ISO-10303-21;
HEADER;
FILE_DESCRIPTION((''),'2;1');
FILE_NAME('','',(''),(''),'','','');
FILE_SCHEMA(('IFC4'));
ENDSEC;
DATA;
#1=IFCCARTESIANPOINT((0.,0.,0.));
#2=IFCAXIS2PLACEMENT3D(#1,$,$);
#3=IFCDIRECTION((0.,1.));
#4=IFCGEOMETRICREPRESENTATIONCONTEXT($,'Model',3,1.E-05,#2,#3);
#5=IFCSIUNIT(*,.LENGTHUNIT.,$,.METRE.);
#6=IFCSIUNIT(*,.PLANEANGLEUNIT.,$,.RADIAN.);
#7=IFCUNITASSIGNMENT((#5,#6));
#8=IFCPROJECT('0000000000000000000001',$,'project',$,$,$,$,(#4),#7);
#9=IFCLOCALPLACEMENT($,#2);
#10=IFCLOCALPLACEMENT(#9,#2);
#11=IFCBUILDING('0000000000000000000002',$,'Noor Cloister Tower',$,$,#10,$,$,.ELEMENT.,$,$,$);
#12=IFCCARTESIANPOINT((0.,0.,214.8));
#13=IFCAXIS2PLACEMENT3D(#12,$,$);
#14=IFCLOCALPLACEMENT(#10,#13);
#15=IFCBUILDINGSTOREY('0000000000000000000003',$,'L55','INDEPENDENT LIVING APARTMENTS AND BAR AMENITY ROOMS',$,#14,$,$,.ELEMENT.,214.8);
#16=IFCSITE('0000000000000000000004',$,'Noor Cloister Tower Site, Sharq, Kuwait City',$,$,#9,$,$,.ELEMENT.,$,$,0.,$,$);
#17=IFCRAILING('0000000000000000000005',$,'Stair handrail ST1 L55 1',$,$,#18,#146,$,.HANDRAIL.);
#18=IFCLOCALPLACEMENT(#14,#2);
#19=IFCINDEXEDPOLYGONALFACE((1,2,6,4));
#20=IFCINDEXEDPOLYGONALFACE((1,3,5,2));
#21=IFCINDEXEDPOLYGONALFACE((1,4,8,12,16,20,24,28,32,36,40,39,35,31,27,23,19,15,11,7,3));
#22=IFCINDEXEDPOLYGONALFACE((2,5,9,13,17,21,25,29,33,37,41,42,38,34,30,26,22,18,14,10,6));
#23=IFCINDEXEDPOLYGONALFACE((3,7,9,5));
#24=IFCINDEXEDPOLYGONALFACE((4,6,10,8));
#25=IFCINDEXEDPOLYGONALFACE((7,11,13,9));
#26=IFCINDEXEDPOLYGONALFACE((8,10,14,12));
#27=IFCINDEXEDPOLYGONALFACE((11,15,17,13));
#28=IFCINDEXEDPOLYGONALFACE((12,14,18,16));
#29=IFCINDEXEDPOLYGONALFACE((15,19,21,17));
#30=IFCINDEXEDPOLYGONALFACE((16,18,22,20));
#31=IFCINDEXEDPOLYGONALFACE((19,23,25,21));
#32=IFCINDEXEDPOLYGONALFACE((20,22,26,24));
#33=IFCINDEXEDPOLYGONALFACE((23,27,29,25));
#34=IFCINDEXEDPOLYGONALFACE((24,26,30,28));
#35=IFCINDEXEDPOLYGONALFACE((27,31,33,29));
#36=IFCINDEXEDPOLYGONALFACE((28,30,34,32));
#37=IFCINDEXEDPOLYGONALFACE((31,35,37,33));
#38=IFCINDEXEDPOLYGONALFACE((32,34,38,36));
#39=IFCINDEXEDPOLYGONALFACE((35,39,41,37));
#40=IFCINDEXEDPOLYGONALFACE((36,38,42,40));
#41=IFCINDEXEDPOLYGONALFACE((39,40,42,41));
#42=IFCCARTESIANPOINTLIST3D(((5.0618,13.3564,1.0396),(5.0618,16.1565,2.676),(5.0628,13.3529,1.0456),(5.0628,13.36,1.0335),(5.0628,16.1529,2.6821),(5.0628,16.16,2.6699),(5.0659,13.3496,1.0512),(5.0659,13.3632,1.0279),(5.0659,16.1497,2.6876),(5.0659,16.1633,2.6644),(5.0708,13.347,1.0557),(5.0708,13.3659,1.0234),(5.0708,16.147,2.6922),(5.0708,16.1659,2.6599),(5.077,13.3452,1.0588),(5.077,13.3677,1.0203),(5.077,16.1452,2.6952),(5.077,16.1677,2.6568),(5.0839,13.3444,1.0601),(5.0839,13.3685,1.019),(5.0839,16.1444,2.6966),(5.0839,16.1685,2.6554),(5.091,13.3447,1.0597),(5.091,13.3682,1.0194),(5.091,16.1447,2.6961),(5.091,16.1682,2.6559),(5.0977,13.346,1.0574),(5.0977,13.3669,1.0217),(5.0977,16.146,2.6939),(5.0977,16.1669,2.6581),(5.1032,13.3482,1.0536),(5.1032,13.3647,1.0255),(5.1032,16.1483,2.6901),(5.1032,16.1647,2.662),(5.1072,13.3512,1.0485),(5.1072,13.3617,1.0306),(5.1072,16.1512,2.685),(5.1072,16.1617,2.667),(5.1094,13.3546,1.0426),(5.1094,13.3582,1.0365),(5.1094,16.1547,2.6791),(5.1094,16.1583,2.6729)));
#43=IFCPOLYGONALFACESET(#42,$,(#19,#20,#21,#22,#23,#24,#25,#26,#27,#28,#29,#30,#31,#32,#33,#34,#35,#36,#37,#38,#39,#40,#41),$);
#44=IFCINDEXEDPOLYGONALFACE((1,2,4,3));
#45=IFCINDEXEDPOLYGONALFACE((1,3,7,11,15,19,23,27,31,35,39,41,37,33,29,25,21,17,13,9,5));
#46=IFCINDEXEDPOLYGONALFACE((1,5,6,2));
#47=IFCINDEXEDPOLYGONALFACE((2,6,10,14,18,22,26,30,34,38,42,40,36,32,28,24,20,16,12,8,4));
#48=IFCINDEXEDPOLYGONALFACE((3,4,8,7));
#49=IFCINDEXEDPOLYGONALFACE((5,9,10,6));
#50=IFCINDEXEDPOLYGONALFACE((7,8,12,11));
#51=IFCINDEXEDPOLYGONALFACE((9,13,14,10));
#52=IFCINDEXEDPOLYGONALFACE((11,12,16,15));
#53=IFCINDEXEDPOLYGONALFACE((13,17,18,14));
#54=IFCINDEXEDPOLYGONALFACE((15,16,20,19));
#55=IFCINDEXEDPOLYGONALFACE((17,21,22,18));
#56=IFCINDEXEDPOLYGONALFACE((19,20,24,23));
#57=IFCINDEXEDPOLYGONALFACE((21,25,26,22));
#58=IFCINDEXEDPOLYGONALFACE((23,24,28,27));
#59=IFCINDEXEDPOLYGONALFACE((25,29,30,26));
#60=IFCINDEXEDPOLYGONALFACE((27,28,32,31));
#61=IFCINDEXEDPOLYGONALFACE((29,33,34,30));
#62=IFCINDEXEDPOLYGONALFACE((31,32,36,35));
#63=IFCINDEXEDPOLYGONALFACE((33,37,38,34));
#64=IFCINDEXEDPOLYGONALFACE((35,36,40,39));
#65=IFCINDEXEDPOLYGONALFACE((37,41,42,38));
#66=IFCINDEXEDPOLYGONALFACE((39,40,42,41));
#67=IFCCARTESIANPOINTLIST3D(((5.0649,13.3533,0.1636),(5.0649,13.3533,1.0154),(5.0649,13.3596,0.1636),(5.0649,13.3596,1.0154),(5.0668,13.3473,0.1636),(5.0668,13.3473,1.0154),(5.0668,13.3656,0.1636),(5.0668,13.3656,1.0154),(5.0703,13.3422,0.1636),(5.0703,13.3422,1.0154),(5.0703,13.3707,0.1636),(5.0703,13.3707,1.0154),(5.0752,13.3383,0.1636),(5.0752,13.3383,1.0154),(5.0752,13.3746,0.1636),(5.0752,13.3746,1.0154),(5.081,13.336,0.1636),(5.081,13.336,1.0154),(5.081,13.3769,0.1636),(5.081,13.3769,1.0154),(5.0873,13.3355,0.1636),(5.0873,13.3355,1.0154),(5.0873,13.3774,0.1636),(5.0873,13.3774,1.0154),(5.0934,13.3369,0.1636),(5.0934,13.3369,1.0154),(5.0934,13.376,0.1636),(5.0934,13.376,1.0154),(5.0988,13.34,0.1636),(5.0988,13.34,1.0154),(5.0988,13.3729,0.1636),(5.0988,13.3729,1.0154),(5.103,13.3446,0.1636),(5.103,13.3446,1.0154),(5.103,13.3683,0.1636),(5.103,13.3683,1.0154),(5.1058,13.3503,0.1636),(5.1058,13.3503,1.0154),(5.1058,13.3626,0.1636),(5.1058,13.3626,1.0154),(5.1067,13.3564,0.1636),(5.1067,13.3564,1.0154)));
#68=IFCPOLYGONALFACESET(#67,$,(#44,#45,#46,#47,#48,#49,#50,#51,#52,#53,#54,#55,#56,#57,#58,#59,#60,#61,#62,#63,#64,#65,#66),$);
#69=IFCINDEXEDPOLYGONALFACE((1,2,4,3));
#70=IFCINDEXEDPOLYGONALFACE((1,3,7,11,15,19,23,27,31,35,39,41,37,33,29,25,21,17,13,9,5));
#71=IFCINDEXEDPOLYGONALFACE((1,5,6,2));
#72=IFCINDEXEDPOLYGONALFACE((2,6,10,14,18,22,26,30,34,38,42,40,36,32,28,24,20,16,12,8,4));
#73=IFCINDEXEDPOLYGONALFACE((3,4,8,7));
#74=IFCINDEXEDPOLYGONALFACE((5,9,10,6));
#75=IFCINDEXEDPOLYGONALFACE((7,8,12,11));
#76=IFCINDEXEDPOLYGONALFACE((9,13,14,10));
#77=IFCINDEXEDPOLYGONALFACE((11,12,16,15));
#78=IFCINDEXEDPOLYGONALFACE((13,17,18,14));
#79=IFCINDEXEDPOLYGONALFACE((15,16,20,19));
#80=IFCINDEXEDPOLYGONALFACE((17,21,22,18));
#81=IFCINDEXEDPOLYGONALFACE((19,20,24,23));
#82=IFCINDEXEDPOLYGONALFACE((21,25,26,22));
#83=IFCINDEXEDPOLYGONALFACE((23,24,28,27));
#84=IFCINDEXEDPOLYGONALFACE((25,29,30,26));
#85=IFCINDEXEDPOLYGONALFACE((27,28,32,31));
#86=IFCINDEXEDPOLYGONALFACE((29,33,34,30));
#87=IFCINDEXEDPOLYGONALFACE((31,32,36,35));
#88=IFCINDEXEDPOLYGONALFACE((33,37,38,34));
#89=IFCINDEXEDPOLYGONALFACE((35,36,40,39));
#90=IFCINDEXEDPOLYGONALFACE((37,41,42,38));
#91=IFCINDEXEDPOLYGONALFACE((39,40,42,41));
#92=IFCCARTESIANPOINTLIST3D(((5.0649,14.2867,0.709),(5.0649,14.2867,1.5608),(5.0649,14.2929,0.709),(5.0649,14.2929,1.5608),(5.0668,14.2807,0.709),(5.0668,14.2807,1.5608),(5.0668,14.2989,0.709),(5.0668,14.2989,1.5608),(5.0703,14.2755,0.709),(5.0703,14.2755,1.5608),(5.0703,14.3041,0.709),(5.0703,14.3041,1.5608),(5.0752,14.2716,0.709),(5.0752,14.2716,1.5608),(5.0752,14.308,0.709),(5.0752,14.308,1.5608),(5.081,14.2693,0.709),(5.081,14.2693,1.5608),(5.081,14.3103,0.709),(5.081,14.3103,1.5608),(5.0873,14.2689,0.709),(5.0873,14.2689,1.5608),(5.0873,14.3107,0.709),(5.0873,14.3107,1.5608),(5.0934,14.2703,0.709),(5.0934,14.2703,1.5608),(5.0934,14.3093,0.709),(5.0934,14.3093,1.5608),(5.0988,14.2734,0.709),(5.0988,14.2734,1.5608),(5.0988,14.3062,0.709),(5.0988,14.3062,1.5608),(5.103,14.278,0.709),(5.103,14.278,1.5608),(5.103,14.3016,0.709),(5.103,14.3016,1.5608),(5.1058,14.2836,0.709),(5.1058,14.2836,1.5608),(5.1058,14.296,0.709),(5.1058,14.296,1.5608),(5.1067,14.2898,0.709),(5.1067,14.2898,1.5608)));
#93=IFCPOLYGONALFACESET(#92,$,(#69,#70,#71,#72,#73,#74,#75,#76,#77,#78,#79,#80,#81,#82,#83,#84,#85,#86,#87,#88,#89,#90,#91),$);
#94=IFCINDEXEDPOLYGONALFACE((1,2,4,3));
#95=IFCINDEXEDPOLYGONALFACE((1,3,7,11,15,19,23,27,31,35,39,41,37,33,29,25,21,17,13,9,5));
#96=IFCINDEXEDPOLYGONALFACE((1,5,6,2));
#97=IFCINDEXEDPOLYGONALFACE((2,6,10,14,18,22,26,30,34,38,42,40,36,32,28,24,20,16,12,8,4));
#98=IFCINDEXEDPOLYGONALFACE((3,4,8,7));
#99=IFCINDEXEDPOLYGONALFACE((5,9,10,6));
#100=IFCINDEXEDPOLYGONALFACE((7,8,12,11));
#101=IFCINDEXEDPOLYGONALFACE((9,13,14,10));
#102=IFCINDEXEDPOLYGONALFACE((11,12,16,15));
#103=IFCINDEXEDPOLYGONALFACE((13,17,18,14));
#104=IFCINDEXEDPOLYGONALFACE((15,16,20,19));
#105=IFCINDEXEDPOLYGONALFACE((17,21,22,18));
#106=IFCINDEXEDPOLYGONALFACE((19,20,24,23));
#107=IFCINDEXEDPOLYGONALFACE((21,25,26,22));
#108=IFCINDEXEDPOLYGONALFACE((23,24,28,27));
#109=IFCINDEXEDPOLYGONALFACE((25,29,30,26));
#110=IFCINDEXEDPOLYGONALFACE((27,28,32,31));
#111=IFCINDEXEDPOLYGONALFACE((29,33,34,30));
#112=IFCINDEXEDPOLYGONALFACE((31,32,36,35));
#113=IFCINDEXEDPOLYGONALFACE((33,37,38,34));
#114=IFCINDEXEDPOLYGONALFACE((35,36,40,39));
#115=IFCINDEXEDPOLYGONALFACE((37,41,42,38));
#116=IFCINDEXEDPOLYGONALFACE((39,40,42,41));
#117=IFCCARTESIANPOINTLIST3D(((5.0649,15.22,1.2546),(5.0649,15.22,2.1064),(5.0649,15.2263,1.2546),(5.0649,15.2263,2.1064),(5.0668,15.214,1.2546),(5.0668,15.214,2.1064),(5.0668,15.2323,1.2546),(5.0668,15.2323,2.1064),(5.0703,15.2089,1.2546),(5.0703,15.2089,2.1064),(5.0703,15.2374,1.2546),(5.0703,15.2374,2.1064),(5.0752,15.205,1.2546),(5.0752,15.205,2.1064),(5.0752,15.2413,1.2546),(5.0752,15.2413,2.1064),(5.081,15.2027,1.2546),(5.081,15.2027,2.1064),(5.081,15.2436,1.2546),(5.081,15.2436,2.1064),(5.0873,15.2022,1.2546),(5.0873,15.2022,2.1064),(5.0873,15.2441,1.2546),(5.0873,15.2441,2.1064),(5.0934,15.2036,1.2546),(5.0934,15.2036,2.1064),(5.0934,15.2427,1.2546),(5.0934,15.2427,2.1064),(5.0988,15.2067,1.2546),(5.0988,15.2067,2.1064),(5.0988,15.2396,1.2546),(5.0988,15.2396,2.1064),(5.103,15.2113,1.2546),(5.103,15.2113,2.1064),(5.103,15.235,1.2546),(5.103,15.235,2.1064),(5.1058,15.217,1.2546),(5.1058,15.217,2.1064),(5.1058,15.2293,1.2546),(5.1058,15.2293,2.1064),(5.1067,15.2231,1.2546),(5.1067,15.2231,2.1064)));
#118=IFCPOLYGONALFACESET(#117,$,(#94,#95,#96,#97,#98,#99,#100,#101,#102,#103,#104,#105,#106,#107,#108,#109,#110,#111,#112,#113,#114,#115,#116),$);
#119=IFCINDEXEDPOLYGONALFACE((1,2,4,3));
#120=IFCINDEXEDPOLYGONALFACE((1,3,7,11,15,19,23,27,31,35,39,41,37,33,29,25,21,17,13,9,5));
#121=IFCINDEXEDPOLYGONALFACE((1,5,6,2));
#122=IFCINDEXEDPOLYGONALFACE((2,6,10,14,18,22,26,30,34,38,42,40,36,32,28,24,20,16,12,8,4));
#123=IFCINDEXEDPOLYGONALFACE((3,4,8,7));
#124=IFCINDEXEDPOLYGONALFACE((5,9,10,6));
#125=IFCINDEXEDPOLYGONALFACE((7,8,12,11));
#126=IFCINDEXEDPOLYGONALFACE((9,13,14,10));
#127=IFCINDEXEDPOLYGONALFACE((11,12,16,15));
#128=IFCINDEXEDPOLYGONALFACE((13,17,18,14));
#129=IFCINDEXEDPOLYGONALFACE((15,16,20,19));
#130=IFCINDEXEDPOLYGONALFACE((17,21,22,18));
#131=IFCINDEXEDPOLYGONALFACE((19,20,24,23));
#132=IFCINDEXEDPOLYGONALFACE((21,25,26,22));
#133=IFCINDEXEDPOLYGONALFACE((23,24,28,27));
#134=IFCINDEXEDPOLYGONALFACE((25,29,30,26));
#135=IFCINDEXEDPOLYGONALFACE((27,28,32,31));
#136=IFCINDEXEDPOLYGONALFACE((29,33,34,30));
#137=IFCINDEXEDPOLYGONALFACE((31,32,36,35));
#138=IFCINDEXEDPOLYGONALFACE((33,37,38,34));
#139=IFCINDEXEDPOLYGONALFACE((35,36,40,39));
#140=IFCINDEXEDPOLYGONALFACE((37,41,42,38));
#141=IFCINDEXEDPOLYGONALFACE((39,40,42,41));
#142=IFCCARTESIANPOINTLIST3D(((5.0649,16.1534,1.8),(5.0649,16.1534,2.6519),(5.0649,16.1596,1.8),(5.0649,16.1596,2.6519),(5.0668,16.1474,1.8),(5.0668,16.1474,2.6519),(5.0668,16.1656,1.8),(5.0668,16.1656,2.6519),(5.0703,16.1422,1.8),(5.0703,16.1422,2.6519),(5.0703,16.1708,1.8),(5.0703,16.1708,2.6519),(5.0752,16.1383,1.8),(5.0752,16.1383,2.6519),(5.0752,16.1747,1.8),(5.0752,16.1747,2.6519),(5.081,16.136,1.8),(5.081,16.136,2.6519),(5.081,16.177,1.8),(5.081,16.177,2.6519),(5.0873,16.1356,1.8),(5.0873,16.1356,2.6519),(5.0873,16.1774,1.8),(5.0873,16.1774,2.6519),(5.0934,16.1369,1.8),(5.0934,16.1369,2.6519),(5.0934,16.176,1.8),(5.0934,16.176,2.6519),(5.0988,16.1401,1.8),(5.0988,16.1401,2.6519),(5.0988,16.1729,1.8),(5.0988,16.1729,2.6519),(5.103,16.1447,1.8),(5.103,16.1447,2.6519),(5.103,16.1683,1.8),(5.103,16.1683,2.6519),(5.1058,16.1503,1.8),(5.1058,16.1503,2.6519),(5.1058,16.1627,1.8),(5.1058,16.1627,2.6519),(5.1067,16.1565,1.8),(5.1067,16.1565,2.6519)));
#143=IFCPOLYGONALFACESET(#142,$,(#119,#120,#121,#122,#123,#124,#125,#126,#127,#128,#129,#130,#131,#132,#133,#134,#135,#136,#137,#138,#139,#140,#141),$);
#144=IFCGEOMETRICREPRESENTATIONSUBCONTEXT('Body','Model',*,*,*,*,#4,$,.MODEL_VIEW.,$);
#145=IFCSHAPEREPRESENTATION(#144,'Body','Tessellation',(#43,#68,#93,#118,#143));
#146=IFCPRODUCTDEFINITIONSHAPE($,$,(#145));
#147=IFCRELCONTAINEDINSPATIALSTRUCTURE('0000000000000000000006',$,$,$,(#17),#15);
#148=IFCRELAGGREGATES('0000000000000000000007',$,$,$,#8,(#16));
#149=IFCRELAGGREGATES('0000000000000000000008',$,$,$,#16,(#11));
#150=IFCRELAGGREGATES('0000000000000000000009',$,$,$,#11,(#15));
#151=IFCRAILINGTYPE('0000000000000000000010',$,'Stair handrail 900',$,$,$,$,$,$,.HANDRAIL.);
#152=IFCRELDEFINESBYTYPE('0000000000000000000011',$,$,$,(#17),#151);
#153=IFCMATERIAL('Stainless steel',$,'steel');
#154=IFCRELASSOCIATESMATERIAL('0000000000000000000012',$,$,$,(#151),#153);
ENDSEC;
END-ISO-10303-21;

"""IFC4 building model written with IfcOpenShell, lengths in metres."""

from ifc_helpers import new_model, si_unit, direction, frame, origin, origin_2d, place, context, subcontext, project, spatial, circle, extrude, material, type_object, element, save


model = new_model("IFC4")

# Units and contexts
model_context = context("Model", 3, precision=1e-05, world=origin(), true_north=direction((0.0, 1.0)))
body_context = subcontext(model_context, "Body", "Model", "MODEL_VIEW")
ifc_project = project(units=[si_unit("LENGTHUNIT", "METRE"), si_unit("PLANEANGLEUNIT", "RADIAN")], contexts=[model_context])

# Site, building, storey
site_placement = place(None, origin())
site = spatial("IfcSite", under=ifc_project, at=site_placement, Name="Noor Cloister Tower Site, Sharq, Kuwait City", CompositionType="ELEMENT", RefElevation=0.0)
building_placement = place(site_placement, origin())
building = spatial("IfcBuilding", under=site, at=building_placement, Name="Noor Cloister Tower", CompositionType="ELEMENT")
storey_placement = place(building_placement, frame((0.0, 0.0, 214.8)))
storey = spatial("IfcBuildingStorey", under=building, at=storey_placement, Name="L55", Description="INDEPENDENT LIVING APARTMENTS AND BAR AMENITY ROOMS", CompositionType="ELEMENT", Elevation=214.8)

# Railing
ifc_material_1 = material(Name="Stainless steel", Category="steel")
railing_type_1 = type_object("IfcRailingType", Name="Stair handrail 900", PredefinedType="HANDRAIL", material=ifc_material_1)
railing_1_placement = place(storey_placement, frame((5.0857, 13.3564, 0.1636)))
element("IfcRailing", 1, at=railing_1_placement, inside=storey, type_object=railing_type_1, Name="Stair handrail ST1 L55 1", PredefinedType="HANDRAIL", context=body_context, shape_type="SweptSolid", body=[
    extrude(circle(Radius=0.0239, at=origin_2d()), frame((0.0, 0.0, 0.876), z_axis=(0.0, 0.863361, 0.504587), x_axis=(-1.0, 0.0, 0.0)), (0.0, 0.0, 1.0), 3.2432),
    extrude(circle(Radius=0.021, at=origin_2d()), origin(), (0.0, 0.0, 1.0), 0.8518),
    extrude(circle(Radius=0.021, at=origin_2d()), frame((0.0, 0.9333, 0.5454)), (0.0, 0.0, 1.0), 0.8518),
    extrude(circle(Radius=0.021, at=origin_2d()), frame((0.0, 1.8667, 1.0911)), (0.0, 0.0, 1.0), 0.8518),
    extrude(circle(Radius=0.021, at=origin_2d()), frame((0.0, 2.8, 1.6365)), (0.0, 0.0, 1.0), 0.8518),
])

save(model, "model.ifc")
